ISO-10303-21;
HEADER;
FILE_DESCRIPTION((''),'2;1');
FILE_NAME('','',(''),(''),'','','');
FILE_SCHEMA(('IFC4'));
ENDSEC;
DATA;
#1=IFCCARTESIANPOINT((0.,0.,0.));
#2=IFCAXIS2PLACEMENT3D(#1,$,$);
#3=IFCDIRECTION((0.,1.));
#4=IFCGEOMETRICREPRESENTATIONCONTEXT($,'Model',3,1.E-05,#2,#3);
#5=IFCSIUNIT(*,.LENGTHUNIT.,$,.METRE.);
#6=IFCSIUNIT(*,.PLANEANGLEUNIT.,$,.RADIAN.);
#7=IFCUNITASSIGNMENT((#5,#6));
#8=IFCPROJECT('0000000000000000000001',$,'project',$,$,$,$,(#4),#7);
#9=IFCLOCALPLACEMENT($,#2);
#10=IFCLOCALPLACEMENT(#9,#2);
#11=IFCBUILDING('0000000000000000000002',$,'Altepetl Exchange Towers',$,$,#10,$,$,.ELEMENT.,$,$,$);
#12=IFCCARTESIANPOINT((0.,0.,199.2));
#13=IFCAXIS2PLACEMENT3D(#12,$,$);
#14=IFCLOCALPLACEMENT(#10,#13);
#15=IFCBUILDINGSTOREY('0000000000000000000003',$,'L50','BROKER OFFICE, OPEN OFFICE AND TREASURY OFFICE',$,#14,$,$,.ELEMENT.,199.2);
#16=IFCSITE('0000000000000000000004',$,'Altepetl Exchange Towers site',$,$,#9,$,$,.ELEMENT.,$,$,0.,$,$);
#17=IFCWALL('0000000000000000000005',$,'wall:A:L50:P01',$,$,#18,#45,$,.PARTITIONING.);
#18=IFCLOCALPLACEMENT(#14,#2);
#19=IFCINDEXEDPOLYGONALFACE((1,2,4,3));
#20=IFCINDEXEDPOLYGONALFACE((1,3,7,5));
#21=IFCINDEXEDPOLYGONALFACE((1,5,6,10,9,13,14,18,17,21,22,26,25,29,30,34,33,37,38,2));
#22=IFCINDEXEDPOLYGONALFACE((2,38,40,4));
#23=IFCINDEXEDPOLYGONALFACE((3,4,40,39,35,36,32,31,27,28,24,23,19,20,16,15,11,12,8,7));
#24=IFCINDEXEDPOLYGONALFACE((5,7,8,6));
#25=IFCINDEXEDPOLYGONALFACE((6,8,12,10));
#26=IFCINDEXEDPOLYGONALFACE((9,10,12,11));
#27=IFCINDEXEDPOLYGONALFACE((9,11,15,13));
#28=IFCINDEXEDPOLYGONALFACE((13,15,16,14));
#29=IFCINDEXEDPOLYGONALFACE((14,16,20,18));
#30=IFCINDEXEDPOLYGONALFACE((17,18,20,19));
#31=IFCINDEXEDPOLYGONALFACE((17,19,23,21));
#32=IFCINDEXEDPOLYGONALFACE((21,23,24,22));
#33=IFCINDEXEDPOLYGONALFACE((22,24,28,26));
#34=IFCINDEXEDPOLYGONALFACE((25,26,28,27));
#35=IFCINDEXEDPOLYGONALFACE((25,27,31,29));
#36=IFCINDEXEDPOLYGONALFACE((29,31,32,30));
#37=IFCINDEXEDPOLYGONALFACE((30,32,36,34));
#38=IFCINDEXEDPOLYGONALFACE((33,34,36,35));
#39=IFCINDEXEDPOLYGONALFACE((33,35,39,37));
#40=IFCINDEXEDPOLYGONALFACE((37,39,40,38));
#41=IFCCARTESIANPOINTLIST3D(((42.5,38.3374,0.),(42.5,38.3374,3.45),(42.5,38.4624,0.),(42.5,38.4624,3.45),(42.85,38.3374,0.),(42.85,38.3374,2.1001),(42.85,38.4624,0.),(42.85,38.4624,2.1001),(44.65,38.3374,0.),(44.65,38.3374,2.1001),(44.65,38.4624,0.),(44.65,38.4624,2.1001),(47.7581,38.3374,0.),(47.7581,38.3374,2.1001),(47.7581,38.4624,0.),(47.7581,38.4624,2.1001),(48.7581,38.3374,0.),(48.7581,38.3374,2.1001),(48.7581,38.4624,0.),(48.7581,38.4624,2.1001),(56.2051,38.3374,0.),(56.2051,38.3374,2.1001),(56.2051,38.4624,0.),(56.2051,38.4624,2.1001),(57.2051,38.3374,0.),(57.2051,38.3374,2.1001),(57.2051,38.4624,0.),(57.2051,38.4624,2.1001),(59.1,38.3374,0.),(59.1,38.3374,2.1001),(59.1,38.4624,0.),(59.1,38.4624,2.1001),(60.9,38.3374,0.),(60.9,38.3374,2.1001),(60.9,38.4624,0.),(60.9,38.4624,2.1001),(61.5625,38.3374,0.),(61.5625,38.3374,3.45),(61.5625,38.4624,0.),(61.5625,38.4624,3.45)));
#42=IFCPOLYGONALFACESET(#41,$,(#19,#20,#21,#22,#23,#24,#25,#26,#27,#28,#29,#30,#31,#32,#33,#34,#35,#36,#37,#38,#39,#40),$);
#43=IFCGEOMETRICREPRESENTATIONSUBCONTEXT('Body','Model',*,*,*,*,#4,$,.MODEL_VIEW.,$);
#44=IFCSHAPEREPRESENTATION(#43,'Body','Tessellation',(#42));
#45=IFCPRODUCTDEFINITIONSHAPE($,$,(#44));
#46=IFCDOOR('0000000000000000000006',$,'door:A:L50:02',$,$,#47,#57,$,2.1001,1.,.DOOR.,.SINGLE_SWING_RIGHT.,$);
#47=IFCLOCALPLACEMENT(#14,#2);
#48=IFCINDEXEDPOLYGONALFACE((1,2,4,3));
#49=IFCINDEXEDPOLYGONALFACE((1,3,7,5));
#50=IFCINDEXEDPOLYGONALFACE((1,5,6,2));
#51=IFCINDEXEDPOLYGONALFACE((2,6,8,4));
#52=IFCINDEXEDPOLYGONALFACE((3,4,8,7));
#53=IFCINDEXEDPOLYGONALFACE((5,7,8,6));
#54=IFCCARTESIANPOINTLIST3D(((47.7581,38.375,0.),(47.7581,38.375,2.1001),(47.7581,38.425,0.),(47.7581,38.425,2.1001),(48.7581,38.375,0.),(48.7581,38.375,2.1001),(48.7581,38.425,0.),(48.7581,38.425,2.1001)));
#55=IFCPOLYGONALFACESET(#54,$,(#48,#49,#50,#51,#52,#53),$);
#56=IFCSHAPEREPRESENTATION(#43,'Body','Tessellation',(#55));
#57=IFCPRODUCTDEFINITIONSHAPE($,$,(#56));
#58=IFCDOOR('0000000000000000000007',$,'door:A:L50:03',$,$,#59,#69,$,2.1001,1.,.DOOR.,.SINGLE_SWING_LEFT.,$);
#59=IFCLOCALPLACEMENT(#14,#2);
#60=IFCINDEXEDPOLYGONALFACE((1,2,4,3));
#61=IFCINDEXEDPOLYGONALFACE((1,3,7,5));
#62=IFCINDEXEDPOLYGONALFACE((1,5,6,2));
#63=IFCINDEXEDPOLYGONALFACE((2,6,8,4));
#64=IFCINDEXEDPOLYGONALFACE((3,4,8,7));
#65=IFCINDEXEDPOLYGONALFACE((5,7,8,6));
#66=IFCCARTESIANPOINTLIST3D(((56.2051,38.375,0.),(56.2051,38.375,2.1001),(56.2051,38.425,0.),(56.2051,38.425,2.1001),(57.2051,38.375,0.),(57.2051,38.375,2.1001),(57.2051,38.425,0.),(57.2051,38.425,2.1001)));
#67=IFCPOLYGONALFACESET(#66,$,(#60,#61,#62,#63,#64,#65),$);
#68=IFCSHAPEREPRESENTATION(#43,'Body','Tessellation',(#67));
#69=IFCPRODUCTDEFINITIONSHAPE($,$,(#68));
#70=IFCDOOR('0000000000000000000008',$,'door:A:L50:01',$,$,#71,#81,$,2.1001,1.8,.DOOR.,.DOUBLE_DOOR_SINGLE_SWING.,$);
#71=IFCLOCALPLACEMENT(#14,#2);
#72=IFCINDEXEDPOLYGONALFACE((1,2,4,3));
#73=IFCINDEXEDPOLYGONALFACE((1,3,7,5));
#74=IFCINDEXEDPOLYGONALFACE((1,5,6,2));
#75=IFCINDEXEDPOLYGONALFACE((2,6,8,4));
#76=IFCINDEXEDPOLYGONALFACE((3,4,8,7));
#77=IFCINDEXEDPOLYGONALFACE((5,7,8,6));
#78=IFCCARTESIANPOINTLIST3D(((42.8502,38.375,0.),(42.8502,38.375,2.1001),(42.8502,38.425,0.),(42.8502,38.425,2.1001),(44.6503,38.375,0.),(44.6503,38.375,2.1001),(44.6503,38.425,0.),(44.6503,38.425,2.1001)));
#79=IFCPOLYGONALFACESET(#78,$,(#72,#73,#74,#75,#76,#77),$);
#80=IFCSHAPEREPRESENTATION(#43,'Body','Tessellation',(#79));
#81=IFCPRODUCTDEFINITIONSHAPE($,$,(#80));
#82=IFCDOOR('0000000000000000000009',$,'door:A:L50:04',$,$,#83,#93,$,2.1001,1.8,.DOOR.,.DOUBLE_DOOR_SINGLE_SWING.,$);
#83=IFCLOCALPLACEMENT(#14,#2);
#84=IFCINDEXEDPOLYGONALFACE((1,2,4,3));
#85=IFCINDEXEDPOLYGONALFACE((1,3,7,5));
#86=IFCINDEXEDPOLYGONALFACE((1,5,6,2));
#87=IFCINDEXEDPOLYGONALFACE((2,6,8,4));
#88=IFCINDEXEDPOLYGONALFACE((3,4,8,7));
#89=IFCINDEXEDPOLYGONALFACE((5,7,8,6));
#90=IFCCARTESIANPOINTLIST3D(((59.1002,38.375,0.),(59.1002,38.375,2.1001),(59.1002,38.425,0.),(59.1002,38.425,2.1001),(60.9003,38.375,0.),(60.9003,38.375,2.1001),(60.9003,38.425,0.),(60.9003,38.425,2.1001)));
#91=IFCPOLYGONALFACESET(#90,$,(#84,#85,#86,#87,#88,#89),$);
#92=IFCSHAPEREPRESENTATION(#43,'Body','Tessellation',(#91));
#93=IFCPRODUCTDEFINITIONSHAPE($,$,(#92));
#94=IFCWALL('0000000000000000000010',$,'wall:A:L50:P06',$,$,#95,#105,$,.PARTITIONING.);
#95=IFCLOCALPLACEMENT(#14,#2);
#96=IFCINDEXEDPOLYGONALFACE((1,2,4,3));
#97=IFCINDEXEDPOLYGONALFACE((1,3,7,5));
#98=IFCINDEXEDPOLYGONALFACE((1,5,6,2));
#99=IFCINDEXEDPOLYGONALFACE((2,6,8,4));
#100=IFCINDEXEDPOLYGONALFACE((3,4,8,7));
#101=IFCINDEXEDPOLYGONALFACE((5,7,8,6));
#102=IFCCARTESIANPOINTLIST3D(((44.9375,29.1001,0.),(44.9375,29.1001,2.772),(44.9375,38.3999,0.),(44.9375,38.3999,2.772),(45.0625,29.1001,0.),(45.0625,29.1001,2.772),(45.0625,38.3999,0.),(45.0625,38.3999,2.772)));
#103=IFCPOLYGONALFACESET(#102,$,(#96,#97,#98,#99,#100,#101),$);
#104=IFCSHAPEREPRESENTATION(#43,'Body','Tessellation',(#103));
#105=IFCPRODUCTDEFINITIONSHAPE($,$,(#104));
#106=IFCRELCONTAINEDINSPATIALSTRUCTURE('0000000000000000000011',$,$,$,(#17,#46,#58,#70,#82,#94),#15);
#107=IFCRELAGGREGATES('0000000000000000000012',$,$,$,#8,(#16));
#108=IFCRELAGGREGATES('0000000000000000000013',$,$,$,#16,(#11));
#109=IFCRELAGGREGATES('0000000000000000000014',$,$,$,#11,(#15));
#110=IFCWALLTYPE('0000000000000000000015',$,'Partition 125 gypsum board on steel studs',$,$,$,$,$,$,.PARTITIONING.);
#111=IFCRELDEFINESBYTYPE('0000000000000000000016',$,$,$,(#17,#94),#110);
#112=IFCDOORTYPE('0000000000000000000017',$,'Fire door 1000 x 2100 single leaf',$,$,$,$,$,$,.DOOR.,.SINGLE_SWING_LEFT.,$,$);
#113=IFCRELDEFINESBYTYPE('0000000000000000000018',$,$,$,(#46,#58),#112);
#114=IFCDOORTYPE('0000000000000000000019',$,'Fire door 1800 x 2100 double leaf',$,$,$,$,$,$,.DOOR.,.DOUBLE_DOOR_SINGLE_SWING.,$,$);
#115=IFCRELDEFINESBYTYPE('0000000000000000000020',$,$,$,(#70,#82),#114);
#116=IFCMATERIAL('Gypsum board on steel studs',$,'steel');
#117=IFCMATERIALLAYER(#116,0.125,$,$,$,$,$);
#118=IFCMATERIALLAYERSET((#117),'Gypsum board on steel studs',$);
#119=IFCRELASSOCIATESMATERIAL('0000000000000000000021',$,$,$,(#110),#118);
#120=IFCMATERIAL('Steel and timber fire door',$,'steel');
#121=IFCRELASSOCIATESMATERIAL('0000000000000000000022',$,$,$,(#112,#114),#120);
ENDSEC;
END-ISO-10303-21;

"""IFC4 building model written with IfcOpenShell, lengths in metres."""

from ifc_helpers import new_model, si_unit, direction, frame, frame_2d, origin, place, context, subcontext, project, spatial, rectangle, extrude, material, layer, layer_set, type_object, element, fill, save


model = new_model("IFC4")

# Units and contexts
model_context = context("Model", 3, precision=1e-05, world=origin(), true_north=direction((0.0, 1.0)))
body_context = subcontext(model_context, "Body", "Model", "MODEL_VIEW")
ifc_project = project(units=[si_unit("LENGTHUNIT", "METRE"), si_unit("PLANEANGLEUNIT", "RADIAN")], contexts=[model_context])

# Site, building, storey
site_placement = place(None, origin())
site = spatial("IfcSite", under=ifc_project, at=site_placement, Name="Altepetl Exchange Towers site", CompositionType="ELEMENT", RefElevation=0.0)
building_placement = place(site_placement, origin())
building = spatial("IfcBuilding", under=site, at=building_placement, Name="Altepetl Exchange Towers", CompositionType="ELEMENT")
storey_placement = place(building_placement, frame((0.0, 0.0, 199.2)))
storey = spatial("IfcBuildingStorey", under=building, at=storey_placement, Name="L50", Description="BROKER OFFICE, OPEN OFFICE AND TREASURY OFFICE", CompositionType="ELEMENT", Elevation=199.2)

# Wall, openings, doors
ifc_material_1 = material(Name="Gypsum board on steel studs", Category="steel")
ifc_layer_1 = layer(ifc_material_1, 0.125)
ifc_layer_set_1 = layer_set([ifc_layer_1], Name="Gypsum board on steel studs")
wall_type_1 = type_object("IfcWallType", Name="Partition 125 gypsum board on steel studs", PredefinedType="PARTITIONING", material=ifc_layer_set_1)
wall_1_placement = place(storey_placement, frame((42.5, 38.3999, 0.0)))
wall_1 = element("IfcWall", 1, at=wall_1_placement, inside=storey, type_object=wall_type_1, Name="wall:A:L50:P01", PredefinedType="PARTITIONING", context=body_context, shape_type="SweptSolid", body=[
    extrude(rectangle(XDim=19.0625, YDim=0.125, at=frame_2d((9.5312, 0.0))), origin(), (0.0, 0.0, 1.0), 3.45),
])
opening_1_placement = place(wall_1_placement, frame((0.3501, 0.0, 0.0)))
opening_1 = element("IfcOpeningElement", 2, at=opening_1_placement, cuts=wall_1, PredefinedType="OPENING", context=body_context, shape_type="SweptSolid", body=[
    extrude(rectangle(XDim=1.8, YDim=2.1001, at=frame_2d((0.8999, 1.05))), frame((0.0, 0.0725, 0.0), z_axis=(0.0, -1.0, 0.0), x_axis=(1.0, 0.0, 0.0)), (0.0, 0.0, 1.0), 0.145),
])
opening_2_placement = place(wall_1_placement, frame((5.2581, 0.0, 0.0)))
opening_2 = element("IfcOpeningElement", 3, at=opening_2_placement, cuts=wall_1, PredefinedType="OPENING", context=body_context, shape_type="SweptSolid", body=[
    extrude(rectangle(XDim=1.0, YDim=2.1001, at=frame_2d((0.5, 1.05))), frame((0.0, 0.0725, 0.0), z_axis=(0.0, -1.0, 0.0), x_axis=(1.0, 0.0, 0.0)), (0.0, 0.0, 1.0), 0.145),
])
opening_3_placement = place(wall_1_placement, frame((13.7051, 0.0, 0.0)))
opening_3 = element("IfcOpeningElement", 4, at=opening_3_placement, cuts=wall_1, PredefinedType="OPENING", context=body_context, shape_type="SweptSolid", body=[
    extrude(rectangle(XDim=1.0, YDim=2.1001, at=frame_2d((0.5, 1.05))), frame((0.0, 0.0725, 0.0), z_axis=(0.0, -1.0, 0.0), x_axis=(1.0, 0.0, 0.0)), (0.0, 0.0, 1.0), 0.145),
])
opening_4_placement = place(wall_1_placement, frame((16.6001, 0.0, 0.0)))
opening_4 = element("IfcOpeningElement", 5, at=opening_4_placement, cuts=wall_1, PredefinedType="OPENING", context=body_context, shape_type="SweptSolid", body=[
    extrude(rectangle(XDim=1.8, YDim=2.1001, at=frame_2d((0.8999, 1.05))), frame((0.0, 0.0725, 0.0), z_axis=(0.0, -1.0, 0.0), x_axis=(1.0, 0.0, 0.0)), (0.0, 0.0, 1.0), 0.145),
])
ifc_material_2 = material(Name="Steel and timber fire door", Category="steel")
door_type_1 = type_object("IfcDoorType", Name="Fire door 1000 x 2100 single leaf", OperationType="SINGLE_SWING_LEFT", PredefinedType="DOOR", material=ifc_material_2)
door_1_placement = place(opening_2_placement, frame((1.0, 0.0, 0.0), x_axis=(-1.0, 0.0, 0.0)))
door_1 = element("IfcDoor", 6, at=door_1_placement, inside=storey, type_object=door_type_1, Name="door:A:L50:02", OperationType="SINGLE_SWING_RIGHT", OverallHeight=2.1001, OverallWidth=1.0, PredefinedType="DOOR", context=body_context, shape_type="SweptSolid", body=[
    extrude(rectangle(XDim=1.0, YDim=2.1001, at=frame_2d((0.5, 1.05))), frame((0.0, 0.0249, 0.0), z_axis=(0.0, -1.0, 0.0), x_axis=(1.0, 0.0, 0.0)), (0.0, 0.0, 1.0), 0.05),
])
fill(opening_2, door_1)
door_2_placement = place(opening_3_placement, frame((1.0, 0.0, 0.0), x_axis=(-1.0, 0.0, 0.0)))
door_2 = element("IfcDoor", 7, at=door_2_placement, inside=storey, type_object=door_type_1, Name="door:A:L50:03", OperationType="SINGLE_SWING_LEFT", OverallHeight=2.1001, OverallWidth=1.0, PredefinedType="DOOR", context=body_context, shape_type="SweptSolid", body=[
    extrude(rectangle(XDim=1.0, YDim=2.1001, at=frame_2d((0.5, 1.05))), frame((0.0, 0.0249, 0.0), z_axis=(0.0, -1.0, 0.0), x_axis=(1.0, 0.0, 0.0)), (0.0, 0.0, 1.0), 0.05),
])
fill(opening_3, door_2)
door_type_2 = type_object("IfcDoorType", Name="Fire door 1800 x 2100 double leaf", OperationType="DOUBLE_DOOR_SINGLE_SWING", PredefinedType="DOOR", material=ifc_material_2)
door_3_placement = place(opening_1_placement, frame((1.8, 0.0, 0.0), x_axis=(-1.0, 0.0, 0.0)))
door_3 = element("IfcDoor", 8, at=door_3_placement, inside=storey, type_object=door_type_2, Name="door:A:L50:01", OperationType="DOUBLE_DOOR_SINGLE_SWING", OverallHeight=2.1001, OverallWidth=1.8, PredefinedType="DOOR", context=body_context, shape_type="SweptSolid", body=[
    extrude(rectangle(XDim=1.8, YDim=2.1001, at=frame_2d((0.8999, 1.05))), frame((0.0, 0.0249, 0.0), z_axis=(0.0, -1.0, 0.0), x_axis=(1.0, 0.0, 0.0)), (0.0, 0.0, 1.0), 0.05),
])
fill(opening_1, door_3)
door_4_placement = place(opening_4_placement, frame((1.8, 0.0, 0.0), x_axis=(-1.0, 0.0, 0.0)))
door_4 = element("IfcDoor", 9, at=door_4_placement, inside=storey, type_object=door_type_2, Name="door:A:L50:04", OperationType="DOUBLE_DOOR_SINGLE_SWING", OverallHeight=2.1001, OverallWidth=1.8, PredefinedType="DOOR", context=body_context, shape_type="SweptSolid", body=[
    extrude(rectangle(XDim=1.8, YDim=2.1001, at=frame_2d((0.8999, 1.05))), frame((0.0, 0.0249, 0.0), z_axis=(0.0, -1.0, 0.0), x_axis=(1.0, 0.0, 0.0)), (0.0, 0.0, 1.0), 0.05),
])
fill(opening_4, door_4)

# Wall
wall_2_placement = place(storey_placement, frame((45.0, 29.1001, 0.0), z_axis=(0.0, 0.0, 1.0), x_axis=(0.0, 1.0, 0.0)))
element("IfcWall", 10, at=wall_2_placement, inside=storey, type_object=wall_type_1, Name="wall:A:L50:P06", PredefinedType="PARTITIONING", context=body_context, shape_type="SweptSolid", body=[
    extrude(rectangle(XDim=9.2998, YDim=0.125, at=frame_2d((4.6499, 0.0))), origin(), (0.0, 0.0, 1.0), 2.772),
])

save(model, "model.ifc")
